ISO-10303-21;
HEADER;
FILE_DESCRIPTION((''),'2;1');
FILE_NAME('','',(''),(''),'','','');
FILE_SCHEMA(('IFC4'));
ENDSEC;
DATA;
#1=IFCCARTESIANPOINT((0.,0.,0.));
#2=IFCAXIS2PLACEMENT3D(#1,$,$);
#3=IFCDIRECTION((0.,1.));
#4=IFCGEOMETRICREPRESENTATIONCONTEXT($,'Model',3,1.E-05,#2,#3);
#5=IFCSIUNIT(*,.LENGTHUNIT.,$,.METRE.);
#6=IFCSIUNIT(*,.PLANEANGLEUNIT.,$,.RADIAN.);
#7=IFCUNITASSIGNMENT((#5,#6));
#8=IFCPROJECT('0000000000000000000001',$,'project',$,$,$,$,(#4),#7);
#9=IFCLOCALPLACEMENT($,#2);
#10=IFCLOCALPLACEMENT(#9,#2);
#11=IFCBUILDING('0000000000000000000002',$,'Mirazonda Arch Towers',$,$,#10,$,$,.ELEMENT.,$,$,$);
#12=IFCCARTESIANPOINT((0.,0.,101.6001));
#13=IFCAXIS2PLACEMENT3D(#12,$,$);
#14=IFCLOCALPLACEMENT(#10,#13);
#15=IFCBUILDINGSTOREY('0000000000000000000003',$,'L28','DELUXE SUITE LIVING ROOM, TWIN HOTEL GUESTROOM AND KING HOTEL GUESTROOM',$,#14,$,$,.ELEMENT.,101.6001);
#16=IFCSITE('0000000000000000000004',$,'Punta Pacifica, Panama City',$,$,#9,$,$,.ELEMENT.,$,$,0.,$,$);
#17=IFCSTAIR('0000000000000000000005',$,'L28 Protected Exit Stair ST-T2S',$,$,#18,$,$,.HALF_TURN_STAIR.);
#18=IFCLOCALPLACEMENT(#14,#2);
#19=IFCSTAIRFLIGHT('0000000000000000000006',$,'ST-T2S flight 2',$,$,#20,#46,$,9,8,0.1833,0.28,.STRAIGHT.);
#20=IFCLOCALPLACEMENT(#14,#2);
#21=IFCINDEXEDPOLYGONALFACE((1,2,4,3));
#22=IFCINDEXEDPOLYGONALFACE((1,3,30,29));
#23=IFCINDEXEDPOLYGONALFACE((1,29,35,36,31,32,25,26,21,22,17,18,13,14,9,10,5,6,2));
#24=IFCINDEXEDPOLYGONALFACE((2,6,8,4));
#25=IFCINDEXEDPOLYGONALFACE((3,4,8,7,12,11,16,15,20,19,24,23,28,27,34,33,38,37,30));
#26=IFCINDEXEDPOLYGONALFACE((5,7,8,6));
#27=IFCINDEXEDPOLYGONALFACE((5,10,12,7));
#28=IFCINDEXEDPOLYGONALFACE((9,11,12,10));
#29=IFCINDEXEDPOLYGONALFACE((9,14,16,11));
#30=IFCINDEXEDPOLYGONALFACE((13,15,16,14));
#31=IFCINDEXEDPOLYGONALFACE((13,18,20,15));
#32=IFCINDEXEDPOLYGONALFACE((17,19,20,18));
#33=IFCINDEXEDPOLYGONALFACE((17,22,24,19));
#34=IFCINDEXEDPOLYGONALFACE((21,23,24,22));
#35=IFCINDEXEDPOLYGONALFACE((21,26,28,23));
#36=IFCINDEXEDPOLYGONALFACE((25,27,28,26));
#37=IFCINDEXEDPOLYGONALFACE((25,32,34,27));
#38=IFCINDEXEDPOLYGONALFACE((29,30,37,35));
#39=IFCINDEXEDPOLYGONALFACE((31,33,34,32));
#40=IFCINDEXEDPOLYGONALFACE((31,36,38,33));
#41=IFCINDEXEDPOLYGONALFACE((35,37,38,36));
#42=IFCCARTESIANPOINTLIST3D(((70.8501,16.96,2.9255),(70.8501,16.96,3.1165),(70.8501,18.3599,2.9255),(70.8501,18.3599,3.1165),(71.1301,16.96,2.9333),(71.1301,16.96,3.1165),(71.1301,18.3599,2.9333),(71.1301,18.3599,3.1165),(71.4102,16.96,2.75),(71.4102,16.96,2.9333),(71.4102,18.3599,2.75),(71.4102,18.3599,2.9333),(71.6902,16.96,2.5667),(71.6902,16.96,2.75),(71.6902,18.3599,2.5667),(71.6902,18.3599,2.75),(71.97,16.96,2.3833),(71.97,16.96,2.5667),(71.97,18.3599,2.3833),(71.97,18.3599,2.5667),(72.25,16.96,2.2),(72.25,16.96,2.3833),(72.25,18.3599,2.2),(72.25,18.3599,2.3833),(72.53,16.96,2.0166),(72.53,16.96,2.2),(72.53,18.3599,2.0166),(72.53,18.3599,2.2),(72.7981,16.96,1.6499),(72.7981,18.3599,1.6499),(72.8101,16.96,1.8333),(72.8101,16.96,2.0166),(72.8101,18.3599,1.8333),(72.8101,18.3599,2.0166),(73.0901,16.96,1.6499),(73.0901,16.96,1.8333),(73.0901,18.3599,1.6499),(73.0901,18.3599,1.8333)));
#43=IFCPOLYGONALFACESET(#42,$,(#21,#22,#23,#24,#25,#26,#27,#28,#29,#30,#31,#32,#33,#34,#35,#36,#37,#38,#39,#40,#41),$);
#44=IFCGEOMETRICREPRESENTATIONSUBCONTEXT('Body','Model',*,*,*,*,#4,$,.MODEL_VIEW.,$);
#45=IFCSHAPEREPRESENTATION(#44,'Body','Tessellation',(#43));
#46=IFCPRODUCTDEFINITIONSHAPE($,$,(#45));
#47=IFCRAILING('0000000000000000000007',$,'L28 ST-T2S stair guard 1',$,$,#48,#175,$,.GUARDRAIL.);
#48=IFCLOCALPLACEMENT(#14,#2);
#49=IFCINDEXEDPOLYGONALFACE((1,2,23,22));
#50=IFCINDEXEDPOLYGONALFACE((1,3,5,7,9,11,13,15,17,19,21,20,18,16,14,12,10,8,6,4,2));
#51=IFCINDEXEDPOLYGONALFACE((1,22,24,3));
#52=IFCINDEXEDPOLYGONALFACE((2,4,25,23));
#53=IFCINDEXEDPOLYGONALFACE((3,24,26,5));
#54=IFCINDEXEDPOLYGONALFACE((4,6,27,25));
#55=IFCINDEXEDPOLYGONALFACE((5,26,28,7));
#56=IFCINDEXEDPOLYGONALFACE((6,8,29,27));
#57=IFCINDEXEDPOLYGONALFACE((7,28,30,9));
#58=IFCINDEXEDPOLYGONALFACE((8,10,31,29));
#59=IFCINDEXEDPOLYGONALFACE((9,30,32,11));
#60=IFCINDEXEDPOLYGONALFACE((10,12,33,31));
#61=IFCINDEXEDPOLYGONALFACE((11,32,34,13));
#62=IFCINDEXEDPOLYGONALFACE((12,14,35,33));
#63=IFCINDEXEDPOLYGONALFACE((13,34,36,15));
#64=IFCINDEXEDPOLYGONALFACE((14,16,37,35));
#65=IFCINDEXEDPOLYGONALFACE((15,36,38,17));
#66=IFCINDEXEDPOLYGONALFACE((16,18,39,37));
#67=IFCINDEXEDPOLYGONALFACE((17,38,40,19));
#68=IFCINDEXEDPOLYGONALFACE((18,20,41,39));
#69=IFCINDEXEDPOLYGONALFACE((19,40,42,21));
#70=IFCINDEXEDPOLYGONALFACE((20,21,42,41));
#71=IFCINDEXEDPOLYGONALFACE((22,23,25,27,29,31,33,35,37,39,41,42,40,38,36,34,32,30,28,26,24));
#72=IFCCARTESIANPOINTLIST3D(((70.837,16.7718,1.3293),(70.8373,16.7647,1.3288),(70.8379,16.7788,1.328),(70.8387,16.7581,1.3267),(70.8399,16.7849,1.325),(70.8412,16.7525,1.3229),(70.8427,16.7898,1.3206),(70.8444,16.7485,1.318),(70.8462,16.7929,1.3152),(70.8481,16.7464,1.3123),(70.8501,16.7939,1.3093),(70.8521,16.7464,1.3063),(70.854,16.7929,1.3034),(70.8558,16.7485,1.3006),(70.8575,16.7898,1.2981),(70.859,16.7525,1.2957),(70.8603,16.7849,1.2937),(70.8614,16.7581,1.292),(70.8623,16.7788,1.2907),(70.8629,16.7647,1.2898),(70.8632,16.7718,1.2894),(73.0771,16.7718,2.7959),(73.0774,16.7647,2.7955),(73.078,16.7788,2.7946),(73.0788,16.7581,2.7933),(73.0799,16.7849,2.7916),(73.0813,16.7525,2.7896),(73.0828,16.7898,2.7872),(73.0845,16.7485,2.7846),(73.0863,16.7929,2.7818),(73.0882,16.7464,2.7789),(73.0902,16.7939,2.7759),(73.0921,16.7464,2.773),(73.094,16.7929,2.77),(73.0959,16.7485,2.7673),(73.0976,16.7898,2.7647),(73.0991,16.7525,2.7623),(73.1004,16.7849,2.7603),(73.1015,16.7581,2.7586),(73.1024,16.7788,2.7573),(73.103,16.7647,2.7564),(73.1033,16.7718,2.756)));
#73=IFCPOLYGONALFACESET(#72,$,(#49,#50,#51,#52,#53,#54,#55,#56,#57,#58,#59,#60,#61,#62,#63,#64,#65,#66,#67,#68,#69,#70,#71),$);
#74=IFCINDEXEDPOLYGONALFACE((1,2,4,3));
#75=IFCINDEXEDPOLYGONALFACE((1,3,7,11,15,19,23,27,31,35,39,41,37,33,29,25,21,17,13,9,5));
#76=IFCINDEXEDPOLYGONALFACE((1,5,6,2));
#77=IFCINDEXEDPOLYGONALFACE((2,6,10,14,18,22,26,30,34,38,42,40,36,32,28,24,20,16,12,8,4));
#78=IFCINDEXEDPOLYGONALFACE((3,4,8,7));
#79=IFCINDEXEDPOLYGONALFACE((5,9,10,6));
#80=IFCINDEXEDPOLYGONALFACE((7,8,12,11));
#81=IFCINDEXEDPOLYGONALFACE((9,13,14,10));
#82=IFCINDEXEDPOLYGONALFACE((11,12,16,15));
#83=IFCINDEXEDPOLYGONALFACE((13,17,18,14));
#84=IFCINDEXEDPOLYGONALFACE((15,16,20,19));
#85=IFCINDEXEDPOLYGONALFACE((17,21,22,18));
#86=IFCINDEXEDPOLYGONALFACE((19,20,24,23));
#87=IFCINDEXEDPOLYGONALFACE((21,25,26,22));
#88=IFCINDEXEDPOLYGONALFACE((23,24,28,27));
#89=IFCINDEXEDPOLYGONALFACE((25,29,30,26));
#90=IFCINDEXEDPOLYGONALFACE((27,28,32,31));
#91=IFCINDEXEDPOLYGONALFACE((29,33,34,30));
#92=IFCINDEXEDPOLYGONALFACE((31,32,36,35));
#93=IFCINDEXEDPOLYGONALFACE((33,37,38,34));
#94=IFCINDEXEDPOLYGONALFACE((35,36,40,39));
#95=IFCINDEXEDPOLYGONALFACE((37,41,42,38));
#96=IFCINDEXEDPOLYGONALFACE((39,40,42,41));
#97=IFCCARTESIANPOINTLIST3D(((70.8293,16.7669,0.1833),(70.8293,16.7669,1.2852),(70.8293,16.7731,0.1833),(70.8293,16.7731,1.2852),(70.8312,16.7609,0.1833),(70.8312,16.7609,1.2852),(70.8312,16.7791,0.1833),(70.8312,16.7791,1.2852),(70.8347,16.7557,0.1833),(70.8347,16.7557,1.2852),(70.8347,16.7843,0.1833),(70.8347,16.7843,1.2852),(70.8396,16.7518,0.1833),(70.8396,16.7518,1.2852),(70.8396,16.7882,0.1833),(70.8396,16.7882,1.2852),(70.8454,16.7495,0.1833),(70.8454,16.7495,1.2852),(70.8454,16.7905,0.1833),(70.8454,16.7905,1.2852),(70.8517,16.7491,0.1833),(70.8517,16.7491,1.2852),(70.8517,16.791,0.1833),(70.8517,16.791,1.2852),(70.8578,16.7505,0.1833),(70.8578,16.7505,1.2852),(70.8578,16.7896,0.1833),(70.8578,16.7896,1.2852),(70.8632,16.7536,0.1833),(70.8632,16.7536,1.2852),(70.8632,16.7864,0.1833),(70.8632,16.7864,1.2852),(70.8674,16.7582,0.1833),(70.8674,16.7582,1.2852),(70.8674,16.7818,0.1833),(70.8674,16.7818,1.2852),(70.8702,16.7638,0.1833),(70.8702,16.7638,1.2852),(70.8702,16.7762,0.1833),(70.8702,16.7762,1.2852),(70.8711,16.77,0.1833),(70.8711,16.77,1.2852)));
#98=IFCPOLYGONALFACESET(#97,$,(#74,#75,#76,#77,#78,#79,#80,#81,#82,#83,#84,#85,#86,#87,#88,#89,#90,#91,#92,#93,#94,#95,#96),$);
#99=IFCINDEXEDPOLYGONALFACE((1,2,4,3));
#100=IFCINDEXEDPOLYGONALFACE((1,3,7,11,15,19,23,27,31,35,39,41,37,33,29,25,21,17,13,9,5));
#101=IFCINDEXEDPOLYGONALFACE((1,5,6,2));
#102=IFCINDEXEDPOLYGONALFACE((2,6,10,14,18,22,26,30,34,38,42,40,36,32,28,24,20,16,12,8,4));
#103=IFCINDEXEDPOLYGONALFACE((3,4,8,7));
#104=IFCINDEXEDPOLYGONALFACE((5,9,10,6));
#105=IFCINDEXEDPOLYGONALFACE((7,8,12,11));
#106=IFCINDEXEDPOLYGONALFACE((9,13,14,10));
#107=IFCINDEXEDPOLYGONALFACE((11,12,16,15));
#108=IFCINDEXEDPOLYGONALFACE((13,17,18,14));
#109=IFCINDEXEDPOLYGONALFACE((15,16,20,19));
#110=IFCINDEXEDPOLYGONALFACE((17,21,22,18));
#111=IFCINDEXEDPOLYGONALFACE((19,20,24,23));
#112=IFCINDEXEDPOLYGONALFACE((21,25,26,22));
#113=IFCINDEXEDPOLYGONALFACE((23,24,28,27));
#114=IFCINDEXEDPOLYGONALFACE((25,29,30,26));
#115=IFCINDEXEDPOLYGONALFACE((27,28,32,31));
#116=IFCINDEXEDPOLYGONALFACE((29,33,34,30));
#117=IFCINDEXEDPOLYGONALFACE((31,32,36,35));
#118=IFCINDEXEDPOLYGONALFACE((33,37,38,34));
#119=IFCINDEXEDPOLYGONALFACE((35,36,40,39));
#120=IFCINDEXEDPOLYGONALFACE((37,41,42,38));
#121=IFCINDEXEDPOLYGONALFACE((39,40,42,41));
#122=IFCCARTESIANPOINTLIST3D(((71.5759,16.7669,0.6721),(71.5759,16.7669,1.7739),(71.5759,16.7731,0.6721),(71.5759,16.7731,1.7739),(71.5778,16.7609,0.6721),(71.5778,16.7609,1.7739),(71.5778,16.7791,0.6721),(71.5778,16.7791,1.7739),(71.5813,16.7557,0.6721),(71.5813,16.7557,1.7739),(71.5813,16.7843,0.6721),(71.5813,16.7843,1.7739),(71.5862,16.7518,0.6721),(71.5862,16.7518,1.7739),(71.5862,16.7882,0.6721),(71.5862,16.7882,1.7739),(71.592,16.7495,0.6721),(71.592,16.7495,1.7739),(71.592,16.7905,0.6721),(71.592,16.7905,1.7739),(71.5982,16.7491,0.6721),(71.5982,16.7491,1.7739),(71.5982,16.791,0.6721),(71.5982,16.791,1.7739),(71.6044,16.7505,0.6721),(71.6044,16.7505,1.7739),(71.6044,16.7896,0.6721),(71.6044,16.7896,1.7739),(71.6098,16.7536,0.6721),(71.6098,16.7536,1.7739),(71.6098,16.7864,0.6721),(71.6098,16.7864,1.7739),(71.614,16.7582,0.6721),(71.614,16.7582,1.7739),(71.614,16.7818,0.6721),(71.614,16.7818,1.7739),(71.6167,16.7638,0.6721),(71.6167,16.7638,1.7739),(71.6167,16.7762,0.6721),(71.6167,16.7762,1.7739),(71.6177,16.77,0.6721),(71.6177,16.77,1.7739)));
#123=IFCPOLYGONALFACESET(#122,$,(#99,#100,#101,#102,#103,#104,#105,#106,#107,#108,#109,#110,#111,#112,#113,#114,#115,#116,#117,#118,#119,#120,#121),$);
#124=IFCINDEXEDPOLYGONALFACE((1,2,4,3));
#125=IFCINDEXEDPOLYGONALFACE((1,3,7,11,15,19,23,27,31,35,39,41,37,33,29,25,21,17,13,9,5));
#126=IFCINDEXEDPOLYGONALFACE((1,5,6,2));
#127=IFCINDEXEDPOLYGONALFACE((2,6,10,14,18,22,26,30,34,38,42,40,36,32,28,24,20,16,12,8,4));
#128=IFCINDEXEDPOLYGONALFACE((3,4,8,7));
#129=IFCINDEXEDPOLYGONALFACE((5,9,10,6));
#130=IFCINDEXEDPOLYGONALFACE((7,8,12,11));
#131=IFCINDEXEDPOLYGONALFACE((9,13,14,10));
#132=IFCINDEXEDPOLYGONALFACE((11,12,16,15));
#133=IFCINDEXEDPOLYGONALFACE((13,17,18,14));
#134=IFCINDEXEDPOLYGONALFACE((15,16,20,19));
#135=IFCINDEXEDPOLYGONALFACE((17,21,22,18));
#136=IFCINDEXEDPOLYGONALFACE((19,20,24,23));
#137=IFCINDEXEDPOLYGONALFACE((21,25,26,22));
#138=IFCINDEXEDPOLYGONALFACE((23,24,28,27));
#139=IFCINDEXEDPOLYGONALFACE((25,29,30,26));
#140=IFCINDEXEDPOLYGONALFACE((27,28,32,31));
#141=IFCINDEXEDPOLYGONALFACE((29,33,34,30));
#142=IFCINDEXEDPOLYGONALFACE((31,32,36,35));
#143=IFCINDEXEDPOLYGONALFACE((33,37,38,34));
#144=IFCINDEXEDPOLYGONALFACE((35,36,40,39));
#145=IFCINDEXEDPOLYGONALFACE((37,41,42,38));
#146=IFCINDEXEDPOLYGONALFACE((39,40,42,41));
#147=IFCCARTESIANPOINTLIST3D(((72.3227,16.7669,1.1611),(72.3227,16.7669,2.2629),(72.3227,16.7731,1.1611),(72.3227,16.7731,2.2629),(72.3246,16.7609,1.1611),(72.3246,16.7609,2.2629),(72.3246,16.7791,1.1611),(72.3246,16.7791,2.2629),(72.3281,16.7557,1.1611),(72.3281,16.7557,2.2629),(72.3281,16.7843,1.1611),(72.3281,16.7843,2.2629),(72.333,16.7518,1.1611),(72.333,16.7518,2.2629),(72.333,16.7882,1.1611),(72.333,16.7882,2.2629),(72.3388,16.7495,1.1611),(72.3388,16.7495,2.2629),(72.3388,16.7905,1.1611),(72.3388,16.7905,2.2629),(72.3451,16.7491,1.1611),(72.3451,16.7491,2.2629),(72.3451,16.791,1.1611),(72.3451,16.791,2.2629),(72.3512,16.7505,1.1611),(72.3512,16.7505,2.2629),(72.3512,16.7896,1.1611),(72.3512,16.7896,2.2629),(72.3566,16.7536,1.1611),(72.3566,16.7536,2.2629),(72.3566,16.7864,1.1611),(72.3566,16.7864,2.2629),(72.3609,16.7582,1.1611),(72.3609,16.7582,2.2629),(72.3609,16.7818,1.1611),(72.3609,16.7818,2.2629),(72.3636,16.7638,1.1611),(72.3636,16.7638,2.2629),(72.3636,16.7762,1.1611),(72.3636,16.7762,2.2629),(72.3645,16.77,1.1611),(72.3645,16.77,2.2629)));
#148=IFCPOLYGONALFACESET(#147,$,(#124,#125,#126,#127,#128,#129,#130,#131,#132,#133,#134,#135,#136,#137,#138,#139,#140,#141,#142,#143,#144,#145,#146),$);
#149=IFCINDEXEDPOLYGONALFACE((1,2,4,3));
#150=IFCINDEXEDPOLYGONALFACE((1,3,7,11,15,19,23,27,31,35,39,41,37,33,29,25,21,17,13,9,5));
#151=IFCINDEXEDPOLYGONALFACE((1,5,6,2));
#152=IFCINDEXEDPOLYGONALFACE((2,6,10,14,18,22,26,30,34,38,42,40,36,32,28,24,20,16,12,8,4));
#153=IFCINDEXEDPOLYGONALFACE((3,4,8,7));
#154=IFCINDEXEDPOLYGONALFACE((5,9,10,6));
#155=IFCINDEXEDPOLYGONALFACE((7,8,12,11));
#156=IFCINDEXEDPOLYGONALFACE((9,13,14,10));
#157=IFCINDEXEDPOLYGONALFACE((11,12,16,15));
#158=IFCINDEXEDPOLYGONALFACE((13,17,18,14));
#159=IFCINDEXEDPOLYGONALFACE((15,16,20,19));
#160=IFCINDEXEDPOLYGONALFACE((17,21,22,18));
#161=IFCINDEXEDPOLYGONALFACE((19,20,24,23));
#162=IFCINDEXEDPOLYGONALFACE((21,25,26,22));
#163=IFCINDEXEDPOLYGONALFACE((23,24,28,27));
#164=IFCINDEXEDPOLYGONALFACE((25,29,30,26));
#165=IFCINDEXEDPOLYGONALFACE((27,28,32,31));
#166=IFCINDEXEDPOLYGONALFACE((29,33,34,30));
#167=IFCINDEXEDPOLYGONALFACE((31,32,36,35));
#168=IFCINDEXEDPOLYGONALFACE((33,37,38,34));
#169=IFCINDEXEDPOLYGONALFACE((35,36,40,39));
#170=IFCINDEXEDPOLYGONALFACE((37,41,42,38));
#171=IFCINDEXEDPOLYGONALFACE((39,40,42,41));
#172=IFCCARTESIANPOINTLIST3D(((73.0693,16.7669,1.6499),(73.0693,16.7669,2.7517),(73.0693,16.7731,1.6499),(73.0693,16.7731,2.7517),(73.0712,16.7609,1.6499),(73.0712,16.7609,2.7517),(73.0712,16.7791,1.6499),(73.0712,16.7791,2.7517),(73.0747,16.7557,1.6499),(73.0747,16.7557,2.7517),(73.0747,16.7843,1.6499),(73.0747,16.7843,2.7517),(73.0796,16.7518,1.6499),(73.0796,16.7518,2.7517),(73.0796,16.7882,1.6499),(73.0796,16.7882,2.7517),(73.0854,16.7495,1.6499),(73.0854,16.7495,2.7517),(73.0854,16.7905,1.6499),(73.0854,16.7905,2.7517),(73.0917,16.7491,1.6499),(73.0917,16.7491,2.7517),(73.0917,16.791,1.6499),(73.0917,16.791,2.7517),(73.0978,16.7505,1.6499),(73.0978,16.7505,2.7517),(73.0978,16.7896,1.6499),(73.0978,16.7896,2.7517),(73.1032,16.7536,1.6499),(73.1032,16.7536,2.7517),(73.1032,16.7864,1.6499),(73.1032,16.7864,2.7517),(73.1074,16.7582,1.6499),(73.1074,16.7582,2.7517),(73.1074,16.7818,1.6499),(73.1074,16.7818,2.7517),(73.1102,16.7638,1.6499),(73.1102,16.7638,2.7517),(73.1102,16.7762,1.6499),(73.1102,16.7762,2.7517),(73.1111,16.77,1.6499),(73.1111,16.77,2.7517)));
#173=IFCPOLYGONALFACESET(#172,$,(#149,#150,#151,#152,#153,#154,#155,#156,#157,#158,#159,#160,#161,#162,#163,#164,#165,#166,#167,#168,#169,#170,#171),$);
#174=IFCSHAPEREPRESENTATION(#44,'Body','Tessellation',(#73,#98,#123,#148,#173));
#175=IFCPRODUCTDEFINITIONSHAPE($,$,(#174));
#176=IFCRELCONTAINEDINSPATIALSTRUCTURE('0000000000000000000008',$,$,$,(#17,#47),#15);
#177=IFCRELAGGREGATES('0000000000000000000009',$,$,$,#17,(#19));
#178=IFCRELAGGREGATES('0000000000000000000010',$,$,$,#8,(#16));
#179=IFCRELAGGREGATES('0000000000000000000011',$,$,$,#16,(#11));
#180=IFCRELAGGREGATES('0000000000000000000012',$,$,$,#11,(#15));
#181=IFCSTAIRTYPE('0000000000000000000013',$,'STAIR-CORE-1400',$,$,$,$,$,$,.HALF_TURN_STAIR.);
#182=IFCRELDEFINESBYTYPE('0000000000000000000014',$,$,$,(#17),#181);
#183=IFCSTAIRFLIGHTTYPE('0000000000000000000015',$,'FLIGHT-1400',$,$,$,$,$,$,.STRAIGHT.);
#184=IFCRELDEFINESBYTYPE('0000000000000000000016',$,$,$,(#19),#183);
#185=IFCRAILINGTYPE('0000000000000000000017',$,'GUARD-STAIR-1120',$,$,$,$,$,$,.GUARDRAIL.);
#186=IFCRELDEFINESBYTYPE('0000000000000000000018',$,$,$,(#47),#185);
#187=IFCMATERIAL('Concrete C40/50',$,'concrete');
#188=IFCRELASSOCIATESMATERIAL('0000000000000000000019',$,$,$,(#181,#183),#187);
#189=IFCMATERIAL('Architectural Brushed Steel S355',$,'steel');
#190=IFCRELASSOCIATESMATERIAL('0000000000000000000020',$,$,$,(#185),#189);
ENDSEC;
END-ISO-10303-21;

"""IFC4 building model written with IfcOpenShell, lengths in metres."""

from ifc_helpers import new_model, si_unit, direction, frame, origin, origin_2d, place, context, subcontext, project, spatial, polyline, circle, outline, extrude, material, type_object, element, aggregate, save


model = new_model("IFC4")

# Units and contexts
model_context = context("Model", 3, precision=1e-05, world=origin(), true_north=direction((0.0, 1.0)))
body_context = subcontext(model_context, "Body", "Model", "MODEL_VIEW")
ifc_project = project(units=[si_unit("LENGTHUNIT", "METRE"), si_unit("PLANEANGLEUNIT", "RADIAN")], contexts=[model_context])

# Site, building, storey
site_placement = place(None, origin())
site = spatial("IfcSite", under=ifc_project, at=site_placement, Name="Punta Pacifica, Panama City", CompositionType="ELEMENT", RefElevation=0.0)
building_placement = place(site_placement, origin())
building = spatial("IfcBuilding", under=site, at=building_placement, Name="Mirazonda Arch Towers", CompositionType="ELEMENT")
storey_placement = place(building_placement, frame((0.0, 0.0, 101.6001)))
storey = spatial("IfcBuildingStorey", under=building, at=storey_placement, Name="L28", Description="DELUXE SUITE LIVING ROOM, TWIN HOTEL GUESTROOM AND KING HOTEL GUESTROOM", CompositionType="ELEMENT", Elevation=101.6001)

# Shared definitions
ifc_material_1 = material(Name="Concrete C40/50", Category="concrete")

# Stair, stair flight
stair_type = type_object("IfcStairType", Name="STAIR-CORE-1400", PredefinedType="HALF_TURN_STAIR", material=ifc_material_1)
stair_placement = place(storey_placement, origin())
stair = element("IfcStair", 1, at=stair_placement, inside=storey, type_object=stair_type, Name="L28 Protected Exit Stair ST-T2S", PredefinedType="HALF_TURN_STAIR")
stair_flight_type = type_object("IfcStairFlightType", Name="FLIGHT-1400", PredefinedType="STRAIGHT", material=ifc_material_1)
stair_flight_placement = place(storey_placement, frame((73.0901, 17.6599, 1.6499), z_axis=(0.0, 0.0, 1.0), x_axis=(-1.0, 0.0, 0.0)))
stair_flight = element("IfcStairFlight", 2, at=stair_flight_placement, type_object=stair_flight_type, Name="ST-T2S flight 2", NumberOfRisers=9, NumberOfTreads=8, PredefinedType="STRAIGHT", RiserHeight=0.1833, TreadLength=0.28, context=body_context, shape_type="SweptSolid", body=[
    extrude(outline(polyline([(0.0, 0.0), (0.0, 0.1833), (0.28, 0.1833), (0.28, 0.3667), (0.5601, 0.3667), (0.5601, 0.55), (0.8401, 0.55), (0.8401, 0.7334), (1.1201, 0.7334), (1.1201, 0.9167), (1.3999, 0.9167), (1.3999, 1.1001), (1.6799, 1.1001), (1.6799, 1.2834), (1.96, 1.2834), (1.96, 1.4666), (2.24, 1.4666), (2.24, 1.6499), (2.24, 1.2756), (0.292, 0.0), (0.0, 0.0)])), frame((0.0, 0.7, 0.0), z_axis=(0.0, -1.0, 0.0), x_axis=(1.0, 0.0, 0.0)), (0.0, 0.0, 1.0), 1.3999),
])
aggregate(stair, [stair_flight])

# Railing
ifc_material_2 = material(Name="Architectural Brushed Steel S355", Category="steel")
railing_type_1 = type_object("IfcRailingType", Name="GUARD-STAIR-1120", PredefinedType="GUARDRAIL", material=ifc_material_2)
railing_1_placement = place(storey_placement, frame((70.8501, 16.77, 0.1833)))
element("IfcRailing", 3, at=railing_1_placement, inside=storey, type_object=railing_type_1, Name="L28 ST-T2S stair guard 1", PredefinedType="GUARDRAIL", context=body_context, shape_type="SweptSolid", body=[
    extrude(circle(Radius=0.0239, at=origin_2d()), frame((0.0, 0.0, 1.126), z_axis=(0.836637, 0.0, 0.547758), x_axis=(0.0, 1.0, 0.0)), (0.0, 0.0, 1.0), 2.6775),
    extrude(circle(Radius=0.021, at=origin_2d()), origin(), (0.0, 0.0, 1.0), 1.1018),
    extrude(circle(Radius=0.021, at=origin_2d()), frame((0.7466, 0.0, 0.4888)), (0.0, 0.0, 1.0), 1.1018),
    extrude(circle(Radius=0.021, at=origin_2d()), frame((1.4934, 0.0, 0.9778)), (0.0, 0.0, 1.0), 1.1018),
    extrude(circle(Radius=0.021, at=origin_2d()), frame((2.24, 0.0, 1.4666)), (0.0, 0.0, 1.0), 1.1018),
])

save(model, "model.ifc")
